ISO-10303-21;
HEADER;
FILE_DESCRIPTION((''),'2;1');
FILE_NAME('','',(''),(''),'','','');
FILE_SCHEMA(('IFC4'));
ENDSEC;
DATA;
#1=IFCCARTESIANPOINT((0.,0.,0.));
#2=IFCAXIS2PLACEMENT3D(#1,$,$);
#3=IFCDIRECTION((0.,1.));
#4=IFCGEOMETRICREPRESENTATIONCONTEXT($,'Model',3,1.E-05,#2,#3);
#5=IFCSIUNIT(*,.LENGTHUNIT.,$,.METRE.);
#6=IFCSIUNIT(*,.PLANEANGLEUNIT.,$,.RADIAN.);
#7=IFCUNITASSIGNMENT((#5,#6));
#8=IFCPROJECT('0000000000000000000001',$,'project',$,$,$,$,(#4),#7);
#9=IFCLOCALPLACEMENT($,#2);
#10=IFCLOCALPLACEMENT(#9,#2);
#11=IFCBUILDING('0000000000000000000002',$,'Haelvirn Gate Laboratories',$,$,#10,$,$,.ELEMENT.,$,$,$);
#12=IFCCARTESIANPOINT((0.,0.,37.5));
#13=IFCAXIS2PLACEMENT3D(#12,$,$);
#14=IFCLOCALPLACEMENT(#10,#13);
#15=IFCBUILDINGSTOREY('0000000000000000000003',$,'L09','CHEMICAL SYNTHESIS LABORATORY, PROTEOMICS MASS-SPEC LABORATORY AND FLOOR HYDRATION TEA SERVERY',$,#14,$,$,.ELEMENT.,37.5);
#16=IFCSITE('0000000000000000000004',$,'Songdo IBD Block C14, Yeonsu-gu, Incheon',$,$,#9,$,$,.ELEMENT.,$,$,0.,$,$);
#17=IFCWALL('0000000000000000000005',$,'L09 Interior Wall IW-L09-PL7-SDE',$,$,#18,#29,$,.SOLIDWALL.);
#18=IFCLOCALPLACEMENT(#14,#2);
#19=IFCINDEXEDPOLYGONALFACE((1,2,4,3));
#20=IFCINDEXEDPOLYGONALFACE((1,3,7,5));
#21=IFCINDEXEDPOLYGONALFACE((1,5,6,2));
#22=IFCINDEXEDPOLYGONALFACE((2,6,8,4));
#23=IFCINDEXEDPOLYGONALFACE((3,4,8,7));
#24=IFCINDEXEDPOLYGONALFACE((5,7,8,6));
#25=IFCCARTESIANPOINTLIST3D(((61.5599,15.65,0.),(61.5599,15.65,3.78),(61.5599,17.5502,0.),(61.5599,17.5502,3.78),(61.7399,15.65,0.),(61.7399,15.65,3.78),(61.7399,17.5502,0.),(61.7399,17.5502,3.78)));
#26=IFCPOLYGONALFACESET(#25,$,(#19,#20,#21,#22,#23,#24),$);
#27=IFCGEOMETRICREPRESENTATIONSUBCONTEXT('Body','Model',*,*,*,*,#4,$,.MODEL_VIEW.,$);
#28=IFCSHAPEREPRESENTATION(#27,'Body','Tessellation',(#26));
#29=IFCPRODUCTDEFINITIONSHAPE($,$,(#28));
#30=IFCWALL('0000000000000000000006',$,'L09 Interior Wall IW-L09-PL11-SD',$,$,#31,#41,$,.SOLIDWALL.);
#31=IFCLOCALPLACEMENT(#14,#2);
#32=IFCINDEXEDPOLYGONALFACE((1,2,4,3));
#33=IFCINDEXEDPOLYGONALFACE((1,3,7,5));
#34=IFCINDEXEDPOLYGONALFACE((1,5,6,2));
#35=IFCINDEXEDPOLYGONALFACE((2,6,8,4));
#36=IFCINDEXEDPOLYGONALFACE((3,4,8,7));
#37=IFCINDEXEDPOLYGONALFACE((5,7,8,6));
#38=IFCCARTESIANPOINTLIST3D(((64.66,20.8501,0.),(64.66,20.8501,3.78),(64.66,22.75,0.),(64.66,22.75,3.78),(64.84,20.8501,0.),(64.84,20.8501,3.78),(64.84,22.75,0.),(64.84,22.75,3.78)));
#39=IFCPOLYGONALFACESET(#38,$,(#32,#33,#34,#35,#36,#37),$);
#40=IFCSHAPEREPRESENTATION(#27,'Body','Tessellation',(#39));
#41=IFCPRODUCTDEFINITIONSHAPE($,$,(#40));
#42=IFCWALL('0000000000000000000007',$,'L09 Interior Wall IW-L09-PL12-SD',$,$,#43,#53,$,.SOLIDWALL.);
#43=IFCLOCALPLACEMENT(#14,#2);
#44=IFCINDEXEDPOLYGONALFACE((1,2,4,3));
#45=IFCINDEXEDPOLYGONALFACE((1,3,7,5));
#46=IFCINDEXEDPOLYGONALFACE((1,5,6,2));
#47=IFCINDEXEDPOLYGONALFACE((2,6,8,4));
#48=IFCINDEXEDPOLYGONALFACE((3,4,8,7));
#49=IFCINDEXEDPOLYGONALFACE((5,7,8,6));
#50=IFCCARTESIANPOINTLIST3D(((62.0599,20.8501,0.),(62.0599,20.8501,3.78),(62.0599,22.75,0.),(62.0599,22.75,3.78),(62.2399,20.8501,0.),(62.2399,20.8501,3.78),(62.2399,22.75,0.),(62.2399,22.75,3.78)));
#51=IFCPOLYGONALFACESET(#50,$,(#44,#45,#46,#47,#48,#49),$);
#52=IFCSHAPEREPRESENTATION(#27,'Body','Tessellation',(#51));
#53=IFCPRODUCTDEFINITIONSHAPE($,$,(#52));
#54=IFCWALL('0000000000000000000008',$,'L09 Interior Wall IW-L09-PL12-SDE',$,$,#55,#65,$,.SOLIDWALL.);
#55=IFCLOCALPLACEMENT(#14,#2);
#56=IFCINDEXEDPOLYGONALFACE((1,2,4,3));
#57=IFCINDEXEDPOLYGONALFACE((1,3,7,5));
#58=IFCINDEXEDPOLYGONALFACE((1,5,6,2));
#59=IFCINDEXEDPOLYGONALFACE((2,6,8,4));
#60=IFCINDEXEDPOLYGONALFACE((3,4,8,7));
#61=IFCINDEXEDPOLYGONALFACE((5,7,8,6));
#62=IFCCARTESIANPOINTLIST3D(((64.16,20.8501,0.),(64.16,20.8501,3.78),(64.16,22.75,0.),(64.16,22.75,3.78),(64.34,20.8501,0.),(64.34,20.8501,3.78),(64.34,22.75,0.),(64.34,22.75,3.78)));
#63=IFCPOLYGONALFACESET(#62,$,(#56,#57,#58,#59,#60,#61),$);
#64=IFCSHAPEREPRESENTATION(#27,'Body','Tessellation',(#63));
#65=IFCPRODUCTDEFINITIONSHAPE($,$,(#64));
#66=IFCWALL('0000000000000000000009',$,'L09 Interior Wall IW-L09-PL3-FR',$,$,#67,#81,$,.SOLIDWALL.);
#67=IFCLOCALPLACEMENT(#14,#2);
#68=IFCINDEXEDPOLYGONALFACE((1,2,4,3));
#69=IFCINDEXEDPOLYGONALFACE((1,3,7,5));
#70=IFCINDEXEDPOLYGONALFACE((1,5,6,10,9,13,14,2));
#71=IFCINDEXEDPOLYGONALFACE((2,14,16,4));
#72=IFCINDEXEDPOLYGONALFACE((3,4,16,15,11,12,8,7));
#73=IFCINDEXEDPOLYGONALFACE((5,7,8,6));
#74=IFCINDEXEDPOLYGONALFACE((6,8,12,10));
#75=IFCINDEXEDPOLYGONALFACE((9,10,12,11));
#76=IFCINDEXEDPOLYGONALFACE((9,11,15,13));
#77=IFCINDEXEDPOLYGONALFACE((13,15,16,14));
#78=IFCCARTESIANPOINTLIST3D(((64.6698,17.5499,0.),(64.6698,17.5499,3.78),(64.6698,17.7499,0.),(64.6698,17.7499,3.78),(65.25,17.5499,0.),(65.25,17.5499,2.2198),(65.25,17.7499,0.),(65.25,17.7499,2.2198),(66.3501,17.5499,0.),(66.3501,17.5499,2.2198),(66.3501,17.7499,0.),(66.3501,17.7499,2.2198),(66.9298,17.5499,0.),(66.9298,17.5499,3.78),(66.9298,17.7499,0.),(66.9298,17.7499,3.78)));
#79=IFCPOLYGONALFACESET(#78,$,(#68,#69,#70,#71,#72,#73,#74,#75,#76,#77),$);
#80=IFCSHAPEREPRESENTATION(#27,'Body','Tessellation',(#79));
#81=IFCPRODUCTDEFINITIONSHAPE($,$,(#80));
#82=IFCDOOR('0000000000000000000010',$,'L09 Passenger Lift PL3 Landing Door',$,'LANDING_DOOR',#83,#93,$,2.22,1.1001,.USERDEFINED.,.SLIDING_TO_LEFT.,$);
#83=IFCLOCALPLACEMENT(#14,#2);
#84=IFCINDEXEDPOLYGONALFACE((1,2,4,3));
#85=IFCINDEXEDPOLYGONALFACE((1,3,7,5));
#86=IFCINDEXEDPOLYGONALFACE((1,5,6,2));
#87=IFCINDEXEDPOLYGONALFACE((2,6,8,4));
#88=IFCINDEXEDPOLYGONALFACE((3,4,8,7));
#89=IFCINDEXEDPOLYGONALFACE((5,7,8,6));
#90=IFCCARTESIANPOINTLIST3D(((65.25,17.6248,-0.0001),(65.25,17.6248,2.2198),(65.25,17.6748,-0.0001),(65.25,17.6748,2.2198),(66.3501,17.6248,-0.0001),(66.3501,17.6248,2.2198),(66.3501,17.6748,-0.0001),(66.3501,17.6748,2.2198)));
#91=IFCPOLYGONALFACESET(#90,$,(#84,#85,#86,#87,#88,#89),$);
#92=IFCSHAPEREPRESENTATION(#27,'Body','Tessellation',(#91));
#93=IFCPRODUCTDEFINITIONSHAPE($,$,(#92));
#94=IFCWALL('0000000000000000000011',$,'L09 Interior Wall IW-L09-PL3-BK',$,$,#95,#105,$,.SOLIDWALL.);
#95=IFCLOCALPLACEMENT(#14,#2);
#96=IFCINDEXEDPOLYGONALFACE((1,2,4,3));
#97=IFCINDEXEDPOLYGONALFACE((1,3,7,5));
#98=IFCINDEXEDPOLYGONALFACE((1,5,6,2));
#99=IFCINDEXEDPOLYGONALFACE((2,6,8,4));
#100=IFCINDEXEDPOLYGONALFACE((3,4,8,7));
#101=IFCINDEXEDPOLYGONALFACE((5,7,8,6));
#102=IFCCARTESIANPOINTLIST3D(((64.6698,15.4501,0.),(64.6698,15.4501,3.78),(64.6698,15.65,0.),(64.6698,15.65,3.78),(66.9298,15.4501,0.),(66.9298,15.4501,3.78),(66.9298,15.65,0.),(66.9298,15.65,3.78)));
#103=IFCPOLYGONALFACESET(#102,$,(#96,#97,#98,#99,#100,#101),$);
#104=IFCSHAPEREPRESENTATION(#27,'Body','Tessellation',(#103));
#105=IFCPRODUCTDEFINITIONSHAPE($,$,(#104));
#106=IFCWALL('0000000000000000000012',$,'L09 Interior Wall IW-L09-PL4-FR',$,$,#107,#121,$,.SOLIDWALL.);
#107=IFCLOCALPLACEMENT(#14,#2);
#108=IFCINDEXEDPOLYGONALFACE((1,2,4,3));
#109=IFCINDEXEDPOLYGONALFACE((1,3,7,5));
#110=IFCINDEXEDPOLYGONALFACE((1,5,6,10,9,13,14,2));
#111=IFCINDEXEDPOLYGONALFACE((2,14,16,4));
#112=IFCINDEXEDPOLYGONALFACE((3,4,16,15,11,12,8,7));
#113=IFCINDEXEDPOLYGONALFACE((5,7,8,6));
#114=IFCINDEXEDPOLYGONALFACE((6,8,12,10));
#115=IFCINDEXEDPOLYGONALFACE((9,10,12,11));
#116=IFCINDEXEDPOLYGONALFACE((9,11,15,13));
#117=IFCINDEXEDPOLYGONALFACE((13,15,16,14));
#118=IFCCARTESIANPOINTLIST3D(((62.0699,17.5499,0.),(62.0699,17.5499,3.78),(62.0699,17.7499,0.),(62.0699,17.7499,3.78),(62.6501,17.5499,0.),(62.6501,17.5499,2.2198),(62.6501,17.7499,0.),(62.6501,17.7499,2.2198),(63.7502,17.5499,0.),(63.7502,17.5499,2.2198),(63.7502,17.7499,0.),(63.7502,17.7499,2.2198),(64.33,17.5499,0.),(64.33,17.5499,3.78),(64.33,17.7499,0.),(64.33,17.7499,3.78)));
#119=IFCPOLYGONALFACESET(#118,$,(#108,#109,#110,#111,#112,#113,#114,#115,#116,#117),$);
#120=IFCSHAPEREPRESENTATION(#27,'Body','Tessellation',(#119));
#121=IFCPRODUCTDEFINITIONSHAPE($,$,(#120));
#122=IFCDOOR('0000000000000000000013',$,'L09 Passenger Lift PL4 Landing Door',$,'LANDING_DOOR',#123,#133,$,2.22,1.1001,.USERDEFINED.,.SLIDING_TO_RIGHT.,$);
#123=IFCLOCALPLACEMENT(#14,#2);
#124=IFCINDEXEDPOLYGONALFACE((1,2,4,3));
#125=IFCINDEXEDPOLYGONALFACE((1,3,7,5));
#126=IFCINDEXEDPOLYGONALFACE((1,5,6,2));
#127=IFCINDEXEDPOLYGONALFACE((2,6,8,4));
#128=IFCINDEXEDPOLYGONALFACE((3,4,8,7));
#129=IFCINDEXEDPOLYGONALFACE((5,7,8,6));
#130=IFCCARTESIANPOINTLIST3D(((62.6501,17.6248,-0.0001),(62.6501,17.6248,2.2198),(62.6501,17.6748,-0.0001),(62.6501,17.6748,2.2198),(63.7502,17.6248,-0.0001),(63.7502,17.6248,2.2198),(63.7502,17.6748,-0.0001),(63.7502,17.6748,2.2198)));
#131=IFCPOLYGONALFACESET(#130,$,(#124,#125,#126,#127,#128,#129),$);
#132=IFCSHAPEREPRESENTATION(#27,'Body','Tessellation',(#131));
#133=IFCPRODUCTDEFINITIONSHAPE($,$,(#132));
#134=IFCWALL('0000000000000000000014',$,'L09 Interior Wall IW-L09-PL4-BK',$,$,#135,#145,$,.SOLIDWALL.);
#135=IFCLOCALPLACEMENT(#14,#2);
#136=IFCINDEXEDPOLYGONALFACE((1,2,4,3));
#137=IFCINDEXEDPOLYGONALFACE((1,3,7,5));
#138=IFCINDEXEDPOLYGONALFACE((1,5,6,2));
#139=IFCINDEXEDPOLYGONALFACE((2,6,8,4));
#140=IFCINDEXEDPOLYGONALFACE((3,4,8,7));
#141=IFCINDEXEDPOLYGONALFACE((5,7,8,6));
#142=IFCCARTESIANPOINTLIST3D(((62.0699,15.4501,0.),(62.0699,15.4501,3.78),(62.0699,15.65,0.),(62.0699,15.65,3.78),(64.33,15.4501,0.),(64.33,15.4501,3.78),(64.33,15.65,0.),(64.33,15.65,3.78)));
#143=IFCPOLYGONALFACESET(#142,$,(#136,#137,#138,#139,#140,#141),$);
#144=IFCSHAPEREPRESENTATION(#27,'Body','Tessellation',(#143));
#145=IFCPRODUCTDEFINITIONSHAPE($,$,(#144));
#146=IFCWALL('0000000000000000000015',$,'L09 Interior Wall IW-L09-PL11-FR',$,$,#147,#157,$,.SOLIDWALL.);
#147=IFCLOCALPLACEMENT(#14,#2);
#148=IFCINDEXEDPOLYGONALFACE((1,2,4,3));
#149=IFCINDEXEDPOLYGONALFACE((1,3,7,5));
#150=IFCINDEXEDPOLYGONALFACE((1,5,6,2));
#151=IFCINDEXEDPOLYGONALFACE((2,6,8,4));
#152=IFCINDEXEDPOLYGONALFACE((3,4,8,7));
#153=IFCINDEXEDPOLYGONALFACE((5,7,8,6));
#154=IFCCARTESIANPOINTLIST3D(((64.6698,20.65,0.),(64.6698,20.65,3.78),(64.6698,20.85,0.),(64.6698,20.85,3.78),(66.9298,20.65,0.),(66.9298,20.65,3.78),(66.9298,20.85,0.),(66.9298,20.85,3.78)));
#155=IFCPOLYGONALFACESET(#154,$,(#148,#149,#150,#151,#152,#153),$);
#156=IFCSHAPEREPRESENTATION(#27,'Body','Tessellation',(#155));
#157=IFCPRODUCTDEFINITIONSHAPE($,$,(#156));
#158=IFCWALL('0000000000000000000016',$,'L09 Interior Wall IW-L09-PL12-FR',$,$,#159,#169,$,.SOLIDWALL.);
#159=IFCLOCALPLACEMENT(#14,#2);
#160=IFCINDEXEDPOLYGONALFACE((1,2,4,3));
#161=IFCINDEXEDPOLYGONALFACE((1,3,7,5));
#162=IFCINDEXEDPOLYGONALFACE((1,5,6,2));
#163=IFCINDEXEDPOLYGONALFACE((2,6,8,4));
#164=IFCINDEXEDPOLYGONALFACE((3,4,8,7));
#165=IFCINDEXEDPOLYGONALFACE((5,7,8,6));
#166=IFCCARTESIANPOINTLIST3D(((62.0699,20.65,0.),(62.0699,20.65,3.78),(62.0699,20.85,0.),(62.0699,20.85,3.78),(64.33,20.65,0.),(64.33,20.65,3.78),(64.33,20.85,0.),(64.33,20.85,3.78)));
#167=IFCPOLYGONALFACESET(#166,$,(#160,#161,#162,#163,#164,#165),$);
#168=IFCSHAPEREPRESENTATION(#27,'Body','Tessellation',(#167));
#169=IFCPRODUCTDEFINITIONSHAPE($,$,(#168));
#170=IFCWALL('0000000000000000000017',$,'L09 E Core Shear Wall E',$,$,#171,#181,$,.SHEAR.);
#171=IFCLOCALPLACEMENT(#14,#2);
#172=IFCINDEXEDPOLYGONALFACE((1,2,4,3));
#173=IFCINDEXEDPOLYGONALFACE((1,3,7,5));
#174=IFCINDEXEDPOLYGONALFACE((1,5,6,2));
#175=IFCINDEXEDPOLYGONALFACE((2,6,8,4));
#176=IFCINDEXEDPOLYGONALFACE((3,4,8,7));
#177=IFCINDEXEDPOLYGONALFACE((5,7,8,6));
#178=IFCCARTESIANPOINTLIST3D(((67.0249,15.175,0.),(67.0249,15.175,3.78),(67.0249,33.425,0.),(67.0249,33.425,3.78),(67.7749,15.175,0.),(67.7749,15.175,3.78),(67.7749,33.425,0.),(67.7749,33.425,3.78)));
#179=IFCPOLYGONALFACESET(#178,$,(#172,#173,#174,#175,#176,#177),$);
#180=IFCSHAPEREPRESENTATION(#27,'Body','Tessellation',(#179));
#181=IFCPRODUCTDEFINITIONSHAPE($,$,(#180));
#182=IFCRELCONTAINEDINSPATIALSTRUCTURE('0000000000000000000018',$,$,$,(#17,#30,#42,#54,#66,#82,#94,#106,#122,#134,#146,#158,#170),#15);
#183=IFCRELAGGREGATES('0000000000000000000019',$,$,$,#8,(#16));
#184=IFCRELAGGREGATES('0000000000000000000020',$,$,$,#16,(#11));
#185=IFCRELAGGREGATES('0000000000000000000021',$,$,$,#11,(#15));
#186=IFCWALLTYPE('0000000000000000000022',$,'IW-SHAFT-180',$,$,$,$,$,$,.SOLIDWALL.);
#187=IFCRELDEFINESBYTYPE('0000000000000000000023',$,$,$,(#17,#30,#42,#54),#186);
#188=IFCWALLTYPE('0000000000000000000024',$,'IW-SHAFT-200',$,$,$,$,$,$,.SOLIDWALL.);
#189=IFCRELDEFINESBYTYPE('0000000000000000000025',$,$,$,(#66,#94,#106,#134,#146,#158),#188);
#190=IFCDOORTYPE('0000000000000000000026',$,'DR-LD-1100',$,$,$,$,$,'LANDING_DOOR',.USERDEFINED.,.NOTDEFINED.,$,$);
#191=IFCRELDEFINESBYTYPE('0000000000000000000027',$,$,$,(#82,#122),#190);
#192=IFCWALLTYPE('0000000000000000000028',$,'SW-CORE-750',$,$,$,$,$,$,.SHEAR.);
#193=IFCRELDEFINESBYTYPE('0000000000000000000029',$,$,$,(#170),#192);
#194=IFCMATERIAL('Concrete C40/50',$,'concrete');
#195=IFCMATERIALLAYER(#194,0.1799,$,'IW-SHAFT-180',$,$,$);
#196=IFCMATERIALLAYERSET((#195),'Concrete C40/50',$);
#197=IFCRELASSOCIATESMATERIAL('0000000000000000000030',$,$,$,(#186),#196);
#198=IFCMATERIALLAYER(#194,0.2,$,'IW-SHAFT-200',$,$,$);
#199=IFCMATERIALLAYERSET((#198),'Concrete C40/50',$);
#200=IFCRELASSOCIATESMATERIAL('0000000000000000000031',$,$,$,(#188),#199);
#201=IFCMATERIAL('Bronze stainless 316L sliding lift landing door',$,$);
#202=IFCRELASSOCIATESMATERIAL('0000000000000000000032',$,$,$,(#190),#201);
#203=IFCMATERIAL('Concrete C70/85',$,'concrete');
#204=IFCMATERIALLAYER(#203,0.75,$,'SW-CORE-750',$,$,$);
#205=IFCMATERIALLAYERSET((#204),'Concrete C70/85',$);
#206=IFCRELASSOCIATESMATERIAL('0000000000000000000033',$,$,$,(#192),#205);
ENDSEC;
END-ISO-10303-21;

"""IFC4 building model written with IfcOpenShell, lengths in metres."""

from ifc_helpers import new_model, si_unit, direction, frame, frame_2d, origin, place, context, subcontext, project, spatial, rectangle, extrude, source, transform, mapped, material, layer, layer_set, type_object, type_shapes, element, fill, save


model = new_model("IFC4")

# Units and contexts
model_context = context("Model", 3, precision=1e-05, world=origin(), true_north=direction((0.0, 1.0)))
body_context = subcontext(model_context, "Body", "Model", "MODEL_VIEW")
ifc_project = project(units=[si_unit("LENGTHUNIT", "METRE"), si_unit("PLANEANGLEUNIT", "RADIAN")], contexts=[model_context])

# Site, building, storey
site_placement = place(None, origin())
site = spatial("IfcSite", under=ifc_project, at=site_placement, Name="Songdo IBD Block C14, Yeonsu-gu, Incheon", CompositionType="ELEMENT", RefElevation=0.0)
building_placement = place(site_placement, origin())
building = spatial("IfcBuilding", under=site, at=building_placement, Name="Haelvirn Gate Laboratories", CompositionType="ELEMENT")
storey_placement = place(building_placement, frame((0.0, 0.0, 37.5)))
storey = spatial("IfcBuildingStorey", under=building, at=storey_placement, Name="L09", Description="CHEMICAL SYNTHESIS LABORATORY, PROTEOMICS MASS-SPEC LABORATORY AND FLOOR HYDRATION TEA SERVERY", CompositionType="ELEMENT", Elevation=37.5)

# Shared definitions
ifc_material_1 = material(Name="Concrete C70/85", Category="concrete")

# Walls
ifc_material_2 = material(Name="Concrete C40/50", Category="concrete")
ifc_layer_1 = layer(ifc_material_2, 0.1799, Name="IW-SHAFT-180")
ifc_layer_set_1 = layer_set([ifc_layer_1], Name="Concrete C40/50")
wall_type_1 = type_object("IfcWallType", Name="IW-SHAFT-180", PredefinedType="SOLIDWALL", material=ifc_layer_set_1)
for number, where, z_axis, x_axis, name in (
    (1, (61.6499, 15.6499, 0.0), (0.0, 0.0, 1.0), (0.0, 1.0, 0.0), "L09 Interior Wall IW-L09-PL7-SDE"),
):
    element("IfcWall", number, at=place(storey_placement, frame(where, z_axis=z_axis, x_axis=x_axis)), inside=storey, type_object=wall_type_1, Name=name, PredefinedType="SOLIDWALL", context=body_context, shape_type="SweptSolid", body=[
        extrude(rectangle(XDim=1.9001, YDim=0.1799, at=frame_2d((0.9502, 0.0))), origin(), (0.0, 0.0, 1.0), 3.78),
    ])
for number, where, z_axis, x_axis, name in (
    (2, (64.75, 20.8501, 0.0), (0.0, 0.0, 1.0), (0.0, 1.0, 0.0), "L09 Interior Wall IW-L09-PL11-SD"),
    (3, (62.1499, 20.8501, 0.0), (0.0, 0.0, 1.0), (0.0, 1.0, 0.0), "L09 Interior Wall IW-L09-PL12-SD"),
    (4, (64.25, 20.8501, 0.0), (0.0, 0.0, 1.0), (0.0, 1.0, 0.0), "L09 Interior Wall IW-L09-PL12-SDE"),
):
    element("IfcWall", number, at=place(storey_placement, frame(where, z_axis=z_axis, x_axis=x_axis)), inside=storey, type_object=wall_type_1, Name=name, PredefinedType="SOLIDWALL", context=body_context, shape_type="SweptSolid", body=[
        extrude(rectangle(XDim=1.8999, YDim=0.1799, at=frame_2d((0.95, 0.0))), origin(), (0.0, 0.0, 1.0), 3.78),
    ])

# Wall, opening, door
ifc_layer_2 = layer(ifc_material_2, 0.2, Name="IW-SHAFT-200")
ifc_layer_set_2 = layer_set([ifc_layer_2], Name="Concrete C40/50")
wall_type_2 = type_object("IfcWallType", Name="IW-SHAFT-200", PredefinedType="SOLIDWALL", material=ifc_layer_set_2)
wall_1_placement = place(storey_placement, frame((64.6699, 17.6499, 0.0), z_axis=(0.0, 0.0, 1.0), x_axis=(1.0, 0.0, 0.0)))
wall_1 = element("IfcWall", 5, at=wall_1_placement, inside=storey, type_object=wall_type_2, Name="L09 Interior Wall IW-L09-PL3-FR", PredefinedType="SOLIDWALL", context=body_context, shape_type="SweptSolid", body=[
    extrude(rectangle(XDim=2.26, YDim=0.2, at=frame_2d((1.1299, 0.0))), origin(), (0.0, 0.0, 1.0), 3.78),
])
opening_1_placement = place(wall_1_placement, frame((0.5801, 0.0, 0.0)))
opening_1 = element("IfcOpeningElement", 6, at=opening_1_placement, cuts=wall_1, PredefinedType="OPENING", context=body_context, shape_type="SweptSolid", body=[
    extrude(rectangle(XDim=1.1001, YDim=2.22, at=frame_2d((0.55, 1.1099))), frame((0.0, 0.1099, 0.0), z_axis=(0.0, -1.0, 0.0), x_axis=(1.0, 0.0, 0.0)), (0.0, 0.0, 1.0), 0.22),
])
ifc_material_3 = material(Name="Bronze stainless 316L sliding lift landing door")
door_type_1 = type_object("IfcDoorType", Name="DR-LD-1100", ElementType="LANDING_DOOR", OperationType="NOTDEFINED", PredefinedType="USERDEFINED", material=ifc_material_3)
shared_shape_1 = source(origin(), body_context, "Body", "SweptSolid", [
    extrude(rectangle(XDim=1.1001, YDim=2.22, at=frame_2d((0.55, 1.1099))), frame((0.0, 0.0249, 0.0), z_axis=(0.0, -1.0, 0.0), x_axis=(1.0, 0.0, 0.0)), (0.0, 0.0, 1.0), 0.05),
])
type_shapes(door_type_1, [shared_shape_1])
door_1_placement = place(opening_1_placement, origin())
door_1 = element("IfcDoor", 7, at=door_1_placement, inside=storey, type_object=door_type_1, Name="L09 Passenger Lift PL3 Landing Door", ObjectType="LANDING_DOOR", OperationType="SLIDING_TO_LEFT", OverallHeight=2.22, OverallWidth=1.1001, PredefinedType="USERDEFINED", context=body_context, shape_type="MappedRepresentation", body=[
    mapped(shared_shape_1, transform((0.0, 0.0, 0.0), scale=1.0)),
])
fill(opening_1, door_1)

# Wall
wall_2_placement = place(storey_placement, frame((64.6699, 15.55, 0.0), z_axis=(0.0, 0.0, 1.0), x_axis=(1.0, 0.0, 0.0)))
element("IfcWall", 8, at=wall_2_placement, inside=storey, type_object=wall_type_2, Name="L09 Interior Wall IW-L09-PL3-BK", PredefinedType="SOLIDWALL", context=body_context, shape_type="SweptSolid", body=[
    extrude(rectangle(XDim=2.26, YDim=0.2, at=frame_2d((1.1299, 0.0))), origin(), (0.0, 0.0, 1.0), 3.78),
])

# Wall, opening, door
wall_3_placement = place(storey_placement, frame((62.0701, 17.6499, 0.0), z_axis=(0.0, 0.0, 1.0), x_axis=(1.0, 0.0, 0.0)))
wall_3 = element("IfcWall", 9, at=wall_3_placement, inside=storey, type_object=wall_type_2, Name="L09 Interior Wall IW-L09-PL4-FR", PredefinedType="SOLIDWALL", context=body_context, shape_type="SweptSolid", body=[
    extrude(rectangle(XDim=2.26, YDim=0.2, at=frame_2d((1.1299, 0.0))), origin(), (0.0, 0.0, 1.0), 3.78),
])
opening_2_placement = place(wall_3_placement, frame((0.5801, 0.0, 0.0)))
opening_2 = element("IfcOpeningElement", 10, at=opening_2_placement, cuts=wall_3, PredefinedType="OPENING", context=body_context, shape_type="SweptSolid", body=[
    extrude(rectangle(XDim=1.1001, YDim=2.22, at=frame_2d((0.55, 1.1099))), frame((0.0, 0.1099, 0.0), z_axis=(0.0, -1.0, 0.0), x_axis=(1.0, 0.0, 0.0)), (0.0, 0.0, 1.0), 0.22),
])
door_2_placement = place(opening_2_placement, origin())
door_2 = element("IfcDoor", 11, at=door_2_placement, inside=storey, type_object=door_type_1, Name="L09 Passenger Lift PL4 Landing Door", ObjectType="LANDING_DOOR", OperationType="SLIDING_TO_RIGHT", OverallHeight=2.22, OverallWidth=1.1001, PredefinedType="USERDEFINED", context=body_context, shape_type="MappedRepresentation", body=[
    mapped(shared_shape_1, transform((0.0, 0.0, 0.0), scale=1.0)),
])
fill(opening_2, door_2)

# Walls
for number, where, z_axis, x_axis, name in (
    (12, (62.0701, 15.55, 0.0), (0.0, 0.0, 1.0), (1.0, 0.0, 0.0), "L09 Interior Wall IW-L09-PL4-BK"),
    (13, (64.6699, 20.75, 0.0), (0.0, 0.0, 1.0), (1.0, 0.0, 0.0), "L09 Interior Wall IW-L09-PL11-FR"),
    (14, (62.0701, 20.75, 0.0), (0.0, 0.0, 1.0), (1.0, 0.0, 0.0), "L09 Interior Wall IW-L09-PL12-FR"),
):
    element("IfcWall", number, at=place(storey_placement, frame(where, z_axis=z_axis, x_axis=x_axis)), inside=storey, type_object=wall_type_2, Name=name, PredefinedType="SOLIDWALL", context=body_context, shape_type="SweptSolid", body=[
        extrude(rectangle(XDim=2.26, YDim=0.2, at=frame_2d((1.1299, 0.0))), origin(), (0.0, 0.0, 1.0), 3.78),
    ])
ifc_layer_3 = layer(ifc_material_1, 0.75, Name="SW-CORE-750")
ifc_layer_set_3 = layer_set([ifc_layer_3], Name="Concrete C70/85")
wall_type_3 = type_object("IfcWallType", Name="SW-CORE-750", PredefinedType="SHEAR", material=ifc_layer_set_3)
wall_4_placement = place(storey_placement, frame((67.3999, 15.175, 0.0), z_axis=(0.0, 0.0, 1.0), x_axis=(0.0, 1.0, 0.0)))
element("IfcWall", 15, at=wall_4_placement, inside=storey, type_object=wall_type_3, Name="L09 E Core Shear Wall E", PredefinedType="SHEAR", context=body_context, shape_type="SweptSolid", body=[
    extrude(rectangle(XDim=18.25, YDim=0.75, at=frame_2d((9.125, 0.0))), origin(), (0.0, 0.0, 1.0), 3.78),
])

save(model, "model.ifc")
